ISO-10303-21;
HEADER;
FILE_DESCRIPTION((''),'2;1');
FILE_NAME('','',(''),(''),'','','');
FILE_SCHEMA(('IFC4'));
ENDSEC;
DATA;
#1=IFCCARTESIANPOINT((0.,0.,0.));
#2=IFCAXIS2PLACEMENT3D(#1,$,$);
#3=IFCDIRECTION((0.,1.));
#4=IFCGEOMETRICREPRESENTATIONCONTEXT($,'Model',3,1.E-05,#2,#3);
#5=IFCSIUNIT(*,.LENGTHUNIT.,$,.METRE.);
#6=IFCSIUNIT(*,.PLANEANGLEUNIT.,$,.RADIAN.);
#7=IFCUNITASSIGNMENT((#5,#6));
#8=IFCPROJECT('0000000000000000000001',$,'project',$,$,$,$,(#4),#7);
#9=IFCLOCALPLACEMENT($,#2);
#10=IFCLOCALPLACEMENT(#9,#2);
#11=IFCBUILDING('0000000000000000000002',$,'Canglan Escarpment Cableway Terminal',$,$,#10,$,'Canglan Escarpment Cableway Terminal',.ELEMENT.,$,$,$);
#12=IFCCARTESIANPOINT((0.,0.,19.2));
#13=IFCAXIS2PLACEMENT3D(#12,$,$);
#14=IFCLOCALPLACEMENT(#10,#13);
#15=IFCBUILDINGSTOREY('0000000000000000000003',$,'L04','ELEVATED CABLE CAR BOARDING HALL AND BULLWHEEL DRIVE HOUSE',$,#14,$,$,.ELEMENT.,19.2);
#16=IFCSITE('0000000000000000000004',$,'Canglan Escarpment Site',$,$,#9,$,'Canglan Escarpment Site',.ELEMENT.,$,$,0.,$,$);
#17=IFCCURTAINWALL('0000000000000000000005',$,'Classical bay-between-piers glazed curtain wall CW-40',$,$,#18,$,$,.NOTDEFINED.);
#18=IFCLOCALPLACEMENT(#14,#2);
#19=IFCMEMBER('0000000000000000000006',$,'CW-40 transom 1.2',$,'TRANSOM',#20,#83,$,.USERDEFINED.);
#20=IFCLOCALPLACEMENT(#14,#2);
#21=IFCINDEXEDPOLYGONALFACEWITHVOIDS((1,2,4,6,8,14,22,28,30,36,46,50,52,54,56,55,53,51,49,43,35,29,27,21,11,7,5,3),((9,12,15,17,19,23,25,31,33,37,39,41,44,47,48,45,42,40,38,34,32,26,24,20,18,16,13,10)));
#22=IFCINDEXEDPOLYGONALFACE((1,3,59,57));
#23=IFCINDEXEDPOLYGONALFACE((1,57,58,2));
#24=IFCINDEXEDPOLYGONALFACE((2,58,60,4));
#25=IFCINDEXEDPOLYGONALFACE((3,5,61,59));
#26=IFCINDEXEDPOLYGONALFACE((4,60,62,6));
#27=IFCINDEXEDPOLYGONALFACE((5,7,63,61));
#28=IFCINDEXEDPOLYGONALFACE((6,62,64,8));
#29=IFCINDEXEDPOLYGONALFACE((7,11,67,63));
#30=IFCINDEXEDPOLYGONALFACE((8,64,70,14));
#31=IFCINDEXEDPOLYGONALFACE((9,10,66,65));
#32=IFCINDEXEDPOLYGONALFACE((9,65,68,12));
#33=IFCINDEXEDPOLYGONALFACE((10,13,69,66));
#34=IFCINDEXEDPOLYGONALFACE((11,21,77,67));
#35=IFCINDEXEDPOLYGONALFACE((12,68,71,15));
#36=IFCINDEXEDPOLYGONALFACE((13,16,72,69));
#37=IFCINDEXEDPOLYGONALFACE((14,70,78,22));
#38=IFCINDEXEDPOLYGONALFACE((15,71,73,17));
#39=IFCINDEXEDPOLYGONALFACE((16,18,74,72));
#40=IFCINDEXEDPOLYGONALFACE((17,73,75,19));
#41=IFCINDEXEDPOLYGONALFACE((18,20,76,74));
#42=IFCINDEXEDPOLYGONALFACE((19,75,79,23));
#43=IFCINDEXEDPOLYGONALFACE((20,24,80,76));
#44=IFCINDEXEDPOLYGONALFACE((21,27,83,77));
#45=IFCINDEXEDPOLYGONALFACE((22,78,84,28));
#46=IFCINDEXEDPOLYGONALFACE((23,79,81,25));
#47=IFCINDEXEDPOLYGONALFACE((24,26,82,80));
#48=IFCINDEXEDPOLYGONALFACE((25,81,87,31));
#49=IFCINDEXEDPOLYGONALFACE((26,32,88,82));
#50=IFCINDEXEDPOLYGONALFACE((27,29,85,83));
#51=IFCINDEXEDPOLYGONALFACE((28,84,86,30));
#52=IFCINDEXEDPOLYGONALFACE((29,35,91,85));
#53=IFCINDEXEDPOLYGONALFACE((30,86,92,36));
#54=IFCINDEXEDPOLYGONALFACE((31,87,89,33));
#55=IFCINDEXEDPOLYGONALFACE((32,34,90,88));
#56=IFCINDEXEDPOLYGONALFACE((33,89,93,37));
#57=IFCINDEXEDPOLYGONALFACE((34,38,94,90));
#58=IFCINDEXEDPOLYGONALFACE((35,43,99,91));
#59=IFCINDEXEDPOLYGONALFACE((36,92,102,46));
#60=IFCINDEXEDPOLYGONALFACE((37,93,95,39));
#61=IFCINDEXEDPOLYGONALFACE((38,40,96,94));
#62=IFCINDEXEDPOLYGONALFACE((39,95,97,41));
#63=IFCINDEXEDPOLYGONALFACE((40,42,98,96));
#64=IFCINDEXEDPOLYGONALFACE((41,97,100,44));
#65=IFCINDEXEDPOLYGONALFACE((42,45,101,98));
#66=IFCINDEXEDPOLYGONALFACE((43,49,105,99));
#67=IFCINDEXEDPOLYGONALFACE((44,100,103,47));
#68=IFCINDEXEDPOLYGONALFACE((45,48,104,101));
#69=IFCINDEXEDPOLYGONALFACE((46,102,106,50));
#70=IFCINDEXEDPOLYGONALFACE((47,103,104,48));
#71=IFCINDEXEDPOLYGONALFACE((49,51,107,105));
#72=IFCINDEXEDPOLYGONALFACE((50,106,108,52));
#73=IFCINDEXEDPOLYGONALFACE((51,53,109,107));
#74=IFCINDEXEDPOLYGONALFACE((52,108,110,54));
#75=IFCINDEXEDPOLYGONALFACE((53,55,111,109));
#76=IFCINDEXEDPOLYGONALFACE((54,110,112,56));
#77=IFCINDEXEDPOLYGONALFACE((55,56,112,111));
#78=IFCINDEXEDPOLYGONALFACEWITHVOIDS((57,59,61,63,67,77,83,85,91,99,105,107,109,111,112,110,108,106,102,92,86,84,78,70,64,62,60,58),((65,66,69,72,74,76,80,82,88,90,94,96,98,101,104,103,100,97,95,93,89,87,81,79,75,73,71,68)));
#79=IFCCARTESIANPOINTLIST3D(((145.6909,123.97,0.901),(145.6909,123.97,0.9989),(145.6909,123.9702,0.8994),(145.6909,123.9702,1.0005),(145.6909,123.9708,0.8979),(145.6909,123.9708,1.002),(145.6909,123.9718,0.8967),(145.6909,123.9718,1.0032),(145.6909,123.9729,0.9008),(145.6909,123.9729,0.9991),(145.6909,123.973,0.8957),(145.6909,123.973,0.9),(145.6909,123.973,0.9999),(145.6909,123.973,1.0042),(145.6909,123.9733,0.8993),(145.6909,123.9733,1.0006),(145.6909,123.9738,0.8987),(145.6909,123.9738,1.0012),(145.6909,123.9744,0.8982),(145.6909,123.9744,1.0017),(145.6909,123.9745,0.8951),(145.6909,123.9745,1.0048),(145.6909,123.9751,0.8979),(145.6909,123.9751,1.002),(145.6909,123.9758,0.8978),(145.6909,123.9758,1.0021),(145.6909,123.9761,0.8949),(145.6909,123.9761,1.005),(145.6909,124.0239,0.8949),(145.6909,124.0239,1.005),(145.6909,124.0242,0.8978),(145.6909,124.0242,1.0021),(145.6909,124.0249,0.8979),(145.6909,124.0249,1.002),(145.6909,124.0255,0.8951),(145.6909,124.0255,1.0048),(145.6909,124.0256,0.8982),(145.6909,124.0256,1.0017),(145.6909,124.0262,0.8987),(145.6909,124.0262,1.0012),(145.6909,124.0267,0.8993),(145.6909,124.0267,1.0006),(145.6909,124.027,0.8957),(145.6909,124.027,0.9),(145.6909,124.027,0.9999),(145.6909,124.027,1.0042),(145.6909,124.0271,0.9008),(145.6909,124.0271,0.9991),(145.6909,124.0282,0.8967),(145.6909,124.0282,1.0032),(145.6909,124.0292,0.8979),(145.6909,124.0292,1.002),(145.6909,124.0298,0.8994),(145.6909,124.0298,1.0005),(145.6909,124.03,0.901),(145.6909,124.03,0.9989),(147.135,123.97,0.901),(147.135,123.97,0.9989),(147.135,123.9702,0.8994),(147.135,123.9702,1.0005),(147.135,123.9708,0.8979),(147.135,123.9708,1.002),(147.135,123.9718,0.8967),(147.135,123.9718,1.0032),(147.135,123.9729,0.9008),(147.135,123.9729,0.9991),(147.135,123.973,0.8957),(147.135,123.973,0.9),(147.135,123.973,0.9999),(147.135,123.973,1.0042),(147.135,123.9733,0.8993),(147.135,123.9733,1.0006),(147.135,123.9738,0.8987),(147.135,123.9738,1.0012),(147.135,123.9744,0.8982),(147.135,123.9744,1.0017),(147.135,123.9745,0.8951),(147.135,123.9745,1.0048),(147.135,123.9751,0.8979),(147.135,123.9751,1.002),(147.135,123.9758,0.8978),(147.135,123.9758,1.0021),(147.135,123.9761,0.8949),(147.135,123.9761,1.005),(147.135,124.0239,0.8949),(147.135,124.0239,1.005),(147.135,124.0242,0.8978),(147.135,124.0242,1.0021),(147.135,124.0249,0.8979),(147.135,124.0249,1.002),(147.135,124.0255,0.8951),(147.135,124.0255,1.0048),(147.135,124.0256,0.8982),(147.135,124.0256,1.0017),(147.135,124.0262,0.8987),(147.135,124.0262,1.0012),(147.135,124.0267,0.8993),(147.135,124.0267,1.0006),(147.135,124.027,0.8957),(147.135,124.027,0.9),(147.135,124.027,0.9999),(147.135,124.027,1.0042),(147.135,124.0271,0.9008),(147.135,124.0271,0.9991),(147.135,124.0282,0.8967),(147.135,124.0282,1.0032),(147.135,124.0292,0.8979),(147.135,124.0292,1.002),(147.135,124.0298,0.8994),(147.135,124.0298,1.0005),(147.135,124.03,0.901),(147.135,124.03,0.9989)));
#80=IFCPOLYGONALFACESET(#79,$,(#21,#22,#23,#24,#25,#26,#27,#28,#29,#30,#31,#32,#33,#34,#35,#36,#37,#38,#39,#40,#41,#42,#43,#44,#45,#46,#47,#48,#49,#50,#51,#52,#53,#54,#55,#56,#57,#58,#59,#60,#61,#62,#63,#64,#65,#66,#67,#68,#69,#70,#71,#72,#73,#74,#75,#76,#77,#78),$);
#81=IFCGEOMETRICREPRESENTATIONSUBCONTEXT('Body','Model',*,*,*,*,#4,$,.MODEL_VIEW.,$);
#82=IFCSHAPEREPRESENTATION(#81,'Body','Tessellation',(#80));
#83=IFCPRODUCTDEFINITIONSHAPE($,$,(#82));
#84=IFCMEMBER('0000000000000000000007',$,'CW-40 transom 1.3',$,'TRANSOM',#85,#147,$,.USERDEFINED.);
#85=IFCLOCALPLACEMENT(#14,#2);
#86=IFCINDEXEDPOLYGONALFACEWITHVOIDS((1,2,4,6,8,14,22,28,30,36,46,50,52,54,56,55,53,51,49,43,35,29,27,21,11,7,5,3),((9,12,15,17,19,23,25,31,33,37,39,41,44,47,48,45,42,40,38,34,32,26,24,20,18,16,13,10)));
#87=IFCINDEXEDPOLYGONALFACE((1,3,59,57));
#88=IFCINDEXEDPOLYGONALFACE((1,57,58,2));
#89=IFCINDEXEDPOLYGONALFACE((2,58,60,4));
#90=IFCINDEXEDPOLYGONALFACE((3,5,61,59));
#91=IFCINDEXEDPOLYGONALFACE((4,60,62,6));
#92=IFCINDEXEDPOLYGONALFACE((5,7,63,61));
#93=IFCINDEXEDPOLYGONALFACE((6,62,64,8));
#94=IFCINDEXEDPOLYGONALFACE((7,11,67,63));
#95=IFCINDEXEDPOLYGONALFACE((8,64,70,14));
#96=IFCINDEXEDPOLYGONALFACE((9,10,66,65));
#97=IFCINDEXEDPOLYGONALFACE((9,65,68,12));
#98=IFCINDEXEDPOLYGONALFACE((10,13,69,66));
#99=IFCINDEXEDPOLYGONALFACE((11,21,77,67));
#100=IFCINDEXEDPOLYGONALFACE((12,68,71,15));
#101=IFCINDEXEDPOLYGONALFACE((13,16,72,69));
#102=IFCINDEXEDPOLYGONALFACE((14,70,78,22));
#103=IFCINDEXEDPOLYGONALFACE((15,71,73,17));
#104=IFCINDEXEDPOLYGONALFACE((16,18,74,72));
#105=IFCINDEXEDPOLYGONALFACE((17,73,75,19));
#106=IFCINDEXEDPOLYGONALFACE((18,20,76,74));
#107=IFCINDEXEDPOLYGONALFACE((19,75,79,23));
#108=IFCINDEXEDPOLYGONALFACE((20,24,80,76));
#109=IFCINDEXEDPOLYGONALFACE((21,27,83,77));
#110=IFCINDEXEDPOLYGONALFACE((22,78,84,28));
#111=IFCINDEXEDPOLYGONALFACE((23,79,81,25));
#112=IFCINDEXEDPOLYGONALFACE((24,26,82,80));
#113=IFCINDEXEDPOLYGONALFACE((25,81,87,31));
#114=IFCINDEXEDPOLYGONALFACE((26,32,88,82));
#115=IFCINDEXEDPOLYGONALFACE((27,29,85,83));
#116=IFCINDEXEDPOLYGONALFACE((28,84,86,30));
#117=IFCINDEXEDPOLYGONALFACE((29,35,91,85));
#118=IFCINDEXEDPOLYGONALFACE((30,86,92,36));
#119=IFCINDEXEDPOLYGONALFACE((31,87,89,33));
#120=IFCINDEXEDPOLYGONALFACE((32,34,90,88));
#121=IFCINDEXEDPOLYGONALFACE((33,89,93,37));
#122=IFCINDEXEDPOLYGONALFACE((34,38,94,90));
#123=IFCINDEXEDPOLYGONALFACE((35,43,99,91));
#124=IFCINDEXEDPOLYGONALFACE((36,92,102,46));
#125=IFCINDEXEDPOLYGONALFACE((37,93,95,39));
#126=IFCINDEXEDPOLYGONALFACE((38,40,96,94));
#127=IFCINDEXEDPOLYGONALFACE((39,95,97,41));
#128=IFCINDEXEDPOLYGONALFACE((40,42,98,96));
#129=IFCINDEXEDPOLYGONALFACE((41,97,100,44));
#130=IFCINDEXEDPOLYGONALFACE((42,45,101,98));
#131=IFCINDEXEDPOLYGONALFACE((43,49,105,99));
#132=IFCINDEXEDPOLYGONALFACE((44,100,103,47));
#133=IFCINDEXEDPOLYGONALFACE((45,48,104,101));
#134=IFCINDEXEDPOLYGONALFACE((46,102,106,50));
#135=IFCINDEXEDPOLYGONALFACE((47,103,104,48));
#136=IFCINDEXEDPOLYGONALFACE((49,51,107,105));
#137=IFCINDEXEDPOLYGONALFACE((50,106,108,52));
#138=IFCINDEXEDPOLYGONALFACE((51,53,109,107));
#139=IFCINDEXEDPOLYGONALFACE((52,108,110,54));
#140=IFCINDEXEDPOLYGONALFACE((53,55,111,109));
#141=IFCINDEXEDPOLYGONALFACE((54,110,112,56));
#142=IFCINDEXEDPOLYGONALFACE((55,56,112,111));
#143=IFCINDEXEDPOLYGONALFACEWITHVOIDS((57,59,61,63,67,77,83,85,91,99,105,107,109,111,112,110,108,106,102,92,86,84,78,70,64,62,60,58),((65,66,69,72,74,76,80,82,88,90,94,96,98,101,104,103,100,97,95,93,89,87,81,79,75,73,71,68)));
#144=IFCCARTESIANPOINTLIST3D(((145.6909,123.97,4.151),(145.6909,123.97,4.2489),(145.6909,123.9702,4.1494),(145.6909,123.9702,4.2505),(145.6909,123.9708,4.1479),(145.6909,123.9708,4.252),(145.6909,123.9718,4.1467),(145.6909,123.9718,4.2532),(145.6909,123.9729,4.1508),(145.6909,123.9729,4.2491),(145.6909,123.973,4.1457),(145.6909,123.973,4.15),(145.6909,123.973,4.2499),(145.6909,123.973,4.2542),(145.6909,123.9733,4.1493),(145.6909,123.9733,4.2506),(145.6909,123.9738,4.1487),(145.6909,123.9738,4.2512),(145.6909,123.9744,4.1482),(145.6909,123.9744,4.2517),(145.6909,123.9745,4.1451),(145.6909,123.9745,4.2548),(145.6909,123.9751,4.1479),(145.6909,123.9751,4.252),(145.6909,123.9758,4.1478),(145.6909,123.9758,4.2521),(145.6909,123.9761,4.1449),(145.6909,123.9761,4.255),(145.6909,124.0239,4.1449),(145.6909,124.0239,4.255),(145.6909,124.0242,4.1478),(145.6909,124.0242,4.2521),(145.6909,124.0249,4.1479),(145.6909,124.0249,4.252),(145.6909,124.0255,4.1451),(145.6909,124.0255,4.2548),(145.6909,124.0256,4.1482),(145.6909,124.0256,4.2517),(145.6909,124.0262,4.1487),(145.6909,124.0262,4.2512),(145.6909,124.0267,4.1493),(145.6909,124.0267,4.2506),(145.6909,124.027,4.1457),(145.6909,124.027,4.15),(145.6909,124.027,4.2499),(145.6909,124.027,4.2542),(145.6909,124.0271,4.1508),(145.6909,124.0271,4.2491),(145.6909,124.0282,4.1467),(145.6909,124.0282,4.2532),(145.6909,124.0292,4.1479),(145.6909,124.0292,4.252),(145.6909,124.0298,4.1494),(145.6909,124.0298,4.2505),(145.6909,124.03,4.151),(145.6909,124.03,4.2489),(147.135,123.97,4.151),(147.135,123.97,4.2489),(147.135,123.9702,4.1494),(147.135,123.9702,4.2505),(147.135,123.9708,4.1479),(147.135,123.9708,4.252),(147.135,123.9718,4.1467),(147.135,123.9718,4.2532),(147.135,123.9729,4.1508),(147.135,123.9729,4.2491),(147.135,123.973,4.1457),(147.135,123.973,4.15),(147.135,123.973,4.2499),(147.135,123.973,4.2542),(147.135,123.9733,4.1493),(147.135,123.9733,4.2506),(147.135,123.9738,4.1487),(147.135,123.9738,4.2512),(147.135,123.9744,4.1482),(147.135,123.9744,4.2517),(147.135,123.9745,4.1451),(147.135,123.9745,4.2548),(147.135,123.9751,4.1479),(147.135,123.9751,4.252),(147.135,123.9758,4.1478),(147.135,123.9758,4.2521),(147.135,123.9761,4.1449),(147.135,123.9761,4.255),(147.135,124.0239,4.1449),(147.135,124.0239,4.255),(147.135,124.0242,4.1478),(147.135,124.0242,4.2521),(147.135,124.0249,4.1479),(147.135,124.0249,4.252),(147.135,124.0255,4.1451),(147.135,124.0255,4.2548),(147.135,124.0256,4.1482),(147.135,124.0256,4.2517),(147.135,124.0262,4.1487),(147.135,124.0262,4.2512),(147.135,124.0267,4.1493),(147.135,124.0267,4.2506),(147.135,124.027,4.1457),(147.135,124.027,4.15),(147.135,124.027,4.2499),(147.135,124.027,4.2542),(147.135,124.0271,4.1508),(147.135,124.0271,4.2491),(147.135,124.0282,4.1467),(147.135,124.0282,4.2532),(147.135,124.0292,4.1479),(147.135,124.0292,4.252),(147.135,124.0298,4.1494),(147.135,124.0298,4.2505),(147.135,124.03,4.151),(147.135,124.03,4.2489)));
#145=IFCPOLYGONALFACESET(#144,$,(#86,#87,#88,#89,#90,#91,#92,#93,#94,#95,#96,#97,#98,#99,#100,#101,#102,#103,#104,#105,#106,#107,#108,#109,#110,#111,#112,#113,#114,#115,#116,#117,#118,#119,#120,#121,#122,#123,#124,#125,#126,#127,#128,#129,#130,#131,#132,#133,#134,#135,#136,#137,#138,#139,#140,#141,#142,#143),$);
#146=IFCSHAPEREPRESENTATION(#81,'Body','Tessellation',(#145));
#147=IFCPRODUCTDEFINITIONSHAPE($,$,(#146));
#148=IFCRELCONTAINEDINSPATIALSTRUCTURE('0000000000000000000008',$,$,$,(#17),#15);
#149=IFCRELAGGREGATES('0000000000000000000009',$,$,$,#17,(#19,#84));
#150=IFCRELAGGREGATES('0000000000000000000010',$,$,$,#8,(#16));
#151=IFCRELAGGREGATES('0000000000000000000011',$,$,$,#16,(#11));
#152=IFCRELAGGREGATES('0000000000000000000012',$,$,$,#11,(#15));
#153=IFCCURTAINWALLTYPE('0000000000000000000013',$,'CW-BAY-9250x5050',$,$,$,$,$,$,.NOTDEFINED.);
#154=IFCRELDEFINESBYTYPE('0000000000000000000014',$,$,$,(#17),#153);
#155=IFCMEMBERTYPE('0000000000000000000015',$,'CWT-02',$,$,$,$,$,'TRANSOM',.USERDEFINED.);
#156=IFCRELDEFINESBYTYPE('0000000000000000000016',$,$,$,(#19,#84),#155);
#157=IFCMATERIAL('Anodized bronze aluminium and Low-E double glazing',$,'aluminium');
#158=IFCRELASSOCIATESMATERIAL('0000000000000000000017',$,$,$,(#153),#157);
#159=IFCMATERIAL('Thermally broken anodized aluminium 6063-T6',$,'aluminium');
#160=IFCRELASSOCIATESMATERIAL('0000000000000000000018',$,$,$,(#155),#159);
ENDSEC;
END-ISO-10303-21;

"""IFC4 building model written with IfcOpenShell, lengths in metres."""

from ifc_helpers import new_model, si_unit, direction, frame, origin, origin_2d, place, context, subcontext, project, spatial, hollow_rectangle, extrude, material, material_profile, profile_set, type_object, element, aggregate, save


model = new_model("IFC4")

# Units and contexts
model_context = context("Model", 3, precision=1e-05, world=origin(), true_north=direction((0.0, 1.0)))
body_context = subcontext(model_context, "Body", "Model", "MODEL_VIEW")
ifc_project = project(units=[si_unit("LENGTHUNIT", "METRE"), si_unit("PLANEANGLEUNIT", "RADIAN")], contexts=[model_context])

# Site, building, storey
site_placement = place(None, origin())
site = spatial("IfcSite", under=ifc_project, at=site_placement, Name="Canglan Escarpment Site", LongName="Canglan Escarpment Site", CompositionType="ELEMENT", RefElevation=0.0)
building_placement = place(site_placement, origin())
building = spatial("IfcBuilding", under=site, at=building_placement, Name="Canglan Escarpment Cableway Terminal", LongName="Canglan Escarpment Cableway Terminal", CompositionType="ELEMENT")
storey_placement = place(building_placement, frame((0.0, 0.0, 19.2)))
storey = spatial("IfcBuildingStorey", under=building, at=storey_placement, Name="L04", Description="ELEVATED CABLE CAR BOARDING HALL AND BULLWHEEL DRIVE HOUSE", CompositionType="ELEMENT", Elevation=19.2)

# Curtain wall, members
ifc_material_1 = material(Name="Anodized bronze aluminium and Low-E double glazing", Category="aluminium")
curtain_wall_type = type_object("IfcCurtainWallType", Name="CW-BAY-9250x5050", PredefinedType="NOTDEFINED", material=ifc_material_1)
curtain_wall_placement = place(storey_placement, origin())
curtain_wall = element("IfcCurtainWall", 1, at=curtain_wall_placement, inside=storey, type_object=curtain_wall_type, Name="Classical bay-between-piers glazed curtain wall CW-40", PredefinedType="NOTDEFINED")
ifc_material_2 = material(Name="Thermally broken anodized aluminium 6063-T6", Category="aluminium")
ifc_material_profile_1 = material_profile(ifc_material_2, hollow_rectangle(XDim=0.0601, YDim=0.1101, WallThickness=0.0029, InnerFilletRadius=0.0029, OuterFilletRadius=0.0061, at=origin_2d()), Name="ALU-TRAN 60x110x3")
ifc_profile_set_1 = profile_set([ifc_material_profile_1], Name="Thermally broken anodized aluminium 6063-T6")
member_type_1 = type_object("IfcMemberType", Name="CWT-02", ElementType="TRANSOM", PredefinedType="USERDEFINED", material=ifc_profile_set_1)
member_1_placement = place(storey_placement, frame((147.135, 124.0, 0.95), z_axis=(-1.0, 0.0, 0.0), x_axis=(0.0, -1.0, 0.0)))
member_1 = element("IfcMember", 2, at=member_1_placement, type_object=member_type_1, Name="CW-40 transom 1.2", ObjectType="TRANSOM", PredefinedType="USERDEFINED", context=body_context, shape_type="SweptSolid", body=[
    extrude(hollow_rectangle(XDim=0.0601, YDim=0.1101, WallThickness=0.0029, InnerFilletRadius=0.0029, OuterFilletRadius=0.0061, at=origin_2d()), origin(), (0.0, 0.0, 1.0), 1.4441),
])
member_2_placement = place(storey_placement, frame((147.135, 124.0, 4.2), z_axis=(-1.0, 0.0, 0.0), x_axis=(0.0, -1.0, 0.0)))
member_2 = element("IfcMember", 3, at=member_2_placement, type_object=member_type_1, Name="CW-40 transom 1.3", ObjectType="TRANSOM", PredefinedType="USERDEFINED", context=body_context, shape_type="SweptSolid", body=[
    extrude(hollow_rectangle(XDim=0.0601, YDim=0.1101, WallThickness=0.0029, InnerFilletRadius=0.0029, OuterFilletRadius=0.0061, at=origin_2d()), origin(), (0.0, 0.0, 1.0), 1.4441),
])
aggregate(curtain_wall, [member_1, member_2])

save(model, "model.ifc")
